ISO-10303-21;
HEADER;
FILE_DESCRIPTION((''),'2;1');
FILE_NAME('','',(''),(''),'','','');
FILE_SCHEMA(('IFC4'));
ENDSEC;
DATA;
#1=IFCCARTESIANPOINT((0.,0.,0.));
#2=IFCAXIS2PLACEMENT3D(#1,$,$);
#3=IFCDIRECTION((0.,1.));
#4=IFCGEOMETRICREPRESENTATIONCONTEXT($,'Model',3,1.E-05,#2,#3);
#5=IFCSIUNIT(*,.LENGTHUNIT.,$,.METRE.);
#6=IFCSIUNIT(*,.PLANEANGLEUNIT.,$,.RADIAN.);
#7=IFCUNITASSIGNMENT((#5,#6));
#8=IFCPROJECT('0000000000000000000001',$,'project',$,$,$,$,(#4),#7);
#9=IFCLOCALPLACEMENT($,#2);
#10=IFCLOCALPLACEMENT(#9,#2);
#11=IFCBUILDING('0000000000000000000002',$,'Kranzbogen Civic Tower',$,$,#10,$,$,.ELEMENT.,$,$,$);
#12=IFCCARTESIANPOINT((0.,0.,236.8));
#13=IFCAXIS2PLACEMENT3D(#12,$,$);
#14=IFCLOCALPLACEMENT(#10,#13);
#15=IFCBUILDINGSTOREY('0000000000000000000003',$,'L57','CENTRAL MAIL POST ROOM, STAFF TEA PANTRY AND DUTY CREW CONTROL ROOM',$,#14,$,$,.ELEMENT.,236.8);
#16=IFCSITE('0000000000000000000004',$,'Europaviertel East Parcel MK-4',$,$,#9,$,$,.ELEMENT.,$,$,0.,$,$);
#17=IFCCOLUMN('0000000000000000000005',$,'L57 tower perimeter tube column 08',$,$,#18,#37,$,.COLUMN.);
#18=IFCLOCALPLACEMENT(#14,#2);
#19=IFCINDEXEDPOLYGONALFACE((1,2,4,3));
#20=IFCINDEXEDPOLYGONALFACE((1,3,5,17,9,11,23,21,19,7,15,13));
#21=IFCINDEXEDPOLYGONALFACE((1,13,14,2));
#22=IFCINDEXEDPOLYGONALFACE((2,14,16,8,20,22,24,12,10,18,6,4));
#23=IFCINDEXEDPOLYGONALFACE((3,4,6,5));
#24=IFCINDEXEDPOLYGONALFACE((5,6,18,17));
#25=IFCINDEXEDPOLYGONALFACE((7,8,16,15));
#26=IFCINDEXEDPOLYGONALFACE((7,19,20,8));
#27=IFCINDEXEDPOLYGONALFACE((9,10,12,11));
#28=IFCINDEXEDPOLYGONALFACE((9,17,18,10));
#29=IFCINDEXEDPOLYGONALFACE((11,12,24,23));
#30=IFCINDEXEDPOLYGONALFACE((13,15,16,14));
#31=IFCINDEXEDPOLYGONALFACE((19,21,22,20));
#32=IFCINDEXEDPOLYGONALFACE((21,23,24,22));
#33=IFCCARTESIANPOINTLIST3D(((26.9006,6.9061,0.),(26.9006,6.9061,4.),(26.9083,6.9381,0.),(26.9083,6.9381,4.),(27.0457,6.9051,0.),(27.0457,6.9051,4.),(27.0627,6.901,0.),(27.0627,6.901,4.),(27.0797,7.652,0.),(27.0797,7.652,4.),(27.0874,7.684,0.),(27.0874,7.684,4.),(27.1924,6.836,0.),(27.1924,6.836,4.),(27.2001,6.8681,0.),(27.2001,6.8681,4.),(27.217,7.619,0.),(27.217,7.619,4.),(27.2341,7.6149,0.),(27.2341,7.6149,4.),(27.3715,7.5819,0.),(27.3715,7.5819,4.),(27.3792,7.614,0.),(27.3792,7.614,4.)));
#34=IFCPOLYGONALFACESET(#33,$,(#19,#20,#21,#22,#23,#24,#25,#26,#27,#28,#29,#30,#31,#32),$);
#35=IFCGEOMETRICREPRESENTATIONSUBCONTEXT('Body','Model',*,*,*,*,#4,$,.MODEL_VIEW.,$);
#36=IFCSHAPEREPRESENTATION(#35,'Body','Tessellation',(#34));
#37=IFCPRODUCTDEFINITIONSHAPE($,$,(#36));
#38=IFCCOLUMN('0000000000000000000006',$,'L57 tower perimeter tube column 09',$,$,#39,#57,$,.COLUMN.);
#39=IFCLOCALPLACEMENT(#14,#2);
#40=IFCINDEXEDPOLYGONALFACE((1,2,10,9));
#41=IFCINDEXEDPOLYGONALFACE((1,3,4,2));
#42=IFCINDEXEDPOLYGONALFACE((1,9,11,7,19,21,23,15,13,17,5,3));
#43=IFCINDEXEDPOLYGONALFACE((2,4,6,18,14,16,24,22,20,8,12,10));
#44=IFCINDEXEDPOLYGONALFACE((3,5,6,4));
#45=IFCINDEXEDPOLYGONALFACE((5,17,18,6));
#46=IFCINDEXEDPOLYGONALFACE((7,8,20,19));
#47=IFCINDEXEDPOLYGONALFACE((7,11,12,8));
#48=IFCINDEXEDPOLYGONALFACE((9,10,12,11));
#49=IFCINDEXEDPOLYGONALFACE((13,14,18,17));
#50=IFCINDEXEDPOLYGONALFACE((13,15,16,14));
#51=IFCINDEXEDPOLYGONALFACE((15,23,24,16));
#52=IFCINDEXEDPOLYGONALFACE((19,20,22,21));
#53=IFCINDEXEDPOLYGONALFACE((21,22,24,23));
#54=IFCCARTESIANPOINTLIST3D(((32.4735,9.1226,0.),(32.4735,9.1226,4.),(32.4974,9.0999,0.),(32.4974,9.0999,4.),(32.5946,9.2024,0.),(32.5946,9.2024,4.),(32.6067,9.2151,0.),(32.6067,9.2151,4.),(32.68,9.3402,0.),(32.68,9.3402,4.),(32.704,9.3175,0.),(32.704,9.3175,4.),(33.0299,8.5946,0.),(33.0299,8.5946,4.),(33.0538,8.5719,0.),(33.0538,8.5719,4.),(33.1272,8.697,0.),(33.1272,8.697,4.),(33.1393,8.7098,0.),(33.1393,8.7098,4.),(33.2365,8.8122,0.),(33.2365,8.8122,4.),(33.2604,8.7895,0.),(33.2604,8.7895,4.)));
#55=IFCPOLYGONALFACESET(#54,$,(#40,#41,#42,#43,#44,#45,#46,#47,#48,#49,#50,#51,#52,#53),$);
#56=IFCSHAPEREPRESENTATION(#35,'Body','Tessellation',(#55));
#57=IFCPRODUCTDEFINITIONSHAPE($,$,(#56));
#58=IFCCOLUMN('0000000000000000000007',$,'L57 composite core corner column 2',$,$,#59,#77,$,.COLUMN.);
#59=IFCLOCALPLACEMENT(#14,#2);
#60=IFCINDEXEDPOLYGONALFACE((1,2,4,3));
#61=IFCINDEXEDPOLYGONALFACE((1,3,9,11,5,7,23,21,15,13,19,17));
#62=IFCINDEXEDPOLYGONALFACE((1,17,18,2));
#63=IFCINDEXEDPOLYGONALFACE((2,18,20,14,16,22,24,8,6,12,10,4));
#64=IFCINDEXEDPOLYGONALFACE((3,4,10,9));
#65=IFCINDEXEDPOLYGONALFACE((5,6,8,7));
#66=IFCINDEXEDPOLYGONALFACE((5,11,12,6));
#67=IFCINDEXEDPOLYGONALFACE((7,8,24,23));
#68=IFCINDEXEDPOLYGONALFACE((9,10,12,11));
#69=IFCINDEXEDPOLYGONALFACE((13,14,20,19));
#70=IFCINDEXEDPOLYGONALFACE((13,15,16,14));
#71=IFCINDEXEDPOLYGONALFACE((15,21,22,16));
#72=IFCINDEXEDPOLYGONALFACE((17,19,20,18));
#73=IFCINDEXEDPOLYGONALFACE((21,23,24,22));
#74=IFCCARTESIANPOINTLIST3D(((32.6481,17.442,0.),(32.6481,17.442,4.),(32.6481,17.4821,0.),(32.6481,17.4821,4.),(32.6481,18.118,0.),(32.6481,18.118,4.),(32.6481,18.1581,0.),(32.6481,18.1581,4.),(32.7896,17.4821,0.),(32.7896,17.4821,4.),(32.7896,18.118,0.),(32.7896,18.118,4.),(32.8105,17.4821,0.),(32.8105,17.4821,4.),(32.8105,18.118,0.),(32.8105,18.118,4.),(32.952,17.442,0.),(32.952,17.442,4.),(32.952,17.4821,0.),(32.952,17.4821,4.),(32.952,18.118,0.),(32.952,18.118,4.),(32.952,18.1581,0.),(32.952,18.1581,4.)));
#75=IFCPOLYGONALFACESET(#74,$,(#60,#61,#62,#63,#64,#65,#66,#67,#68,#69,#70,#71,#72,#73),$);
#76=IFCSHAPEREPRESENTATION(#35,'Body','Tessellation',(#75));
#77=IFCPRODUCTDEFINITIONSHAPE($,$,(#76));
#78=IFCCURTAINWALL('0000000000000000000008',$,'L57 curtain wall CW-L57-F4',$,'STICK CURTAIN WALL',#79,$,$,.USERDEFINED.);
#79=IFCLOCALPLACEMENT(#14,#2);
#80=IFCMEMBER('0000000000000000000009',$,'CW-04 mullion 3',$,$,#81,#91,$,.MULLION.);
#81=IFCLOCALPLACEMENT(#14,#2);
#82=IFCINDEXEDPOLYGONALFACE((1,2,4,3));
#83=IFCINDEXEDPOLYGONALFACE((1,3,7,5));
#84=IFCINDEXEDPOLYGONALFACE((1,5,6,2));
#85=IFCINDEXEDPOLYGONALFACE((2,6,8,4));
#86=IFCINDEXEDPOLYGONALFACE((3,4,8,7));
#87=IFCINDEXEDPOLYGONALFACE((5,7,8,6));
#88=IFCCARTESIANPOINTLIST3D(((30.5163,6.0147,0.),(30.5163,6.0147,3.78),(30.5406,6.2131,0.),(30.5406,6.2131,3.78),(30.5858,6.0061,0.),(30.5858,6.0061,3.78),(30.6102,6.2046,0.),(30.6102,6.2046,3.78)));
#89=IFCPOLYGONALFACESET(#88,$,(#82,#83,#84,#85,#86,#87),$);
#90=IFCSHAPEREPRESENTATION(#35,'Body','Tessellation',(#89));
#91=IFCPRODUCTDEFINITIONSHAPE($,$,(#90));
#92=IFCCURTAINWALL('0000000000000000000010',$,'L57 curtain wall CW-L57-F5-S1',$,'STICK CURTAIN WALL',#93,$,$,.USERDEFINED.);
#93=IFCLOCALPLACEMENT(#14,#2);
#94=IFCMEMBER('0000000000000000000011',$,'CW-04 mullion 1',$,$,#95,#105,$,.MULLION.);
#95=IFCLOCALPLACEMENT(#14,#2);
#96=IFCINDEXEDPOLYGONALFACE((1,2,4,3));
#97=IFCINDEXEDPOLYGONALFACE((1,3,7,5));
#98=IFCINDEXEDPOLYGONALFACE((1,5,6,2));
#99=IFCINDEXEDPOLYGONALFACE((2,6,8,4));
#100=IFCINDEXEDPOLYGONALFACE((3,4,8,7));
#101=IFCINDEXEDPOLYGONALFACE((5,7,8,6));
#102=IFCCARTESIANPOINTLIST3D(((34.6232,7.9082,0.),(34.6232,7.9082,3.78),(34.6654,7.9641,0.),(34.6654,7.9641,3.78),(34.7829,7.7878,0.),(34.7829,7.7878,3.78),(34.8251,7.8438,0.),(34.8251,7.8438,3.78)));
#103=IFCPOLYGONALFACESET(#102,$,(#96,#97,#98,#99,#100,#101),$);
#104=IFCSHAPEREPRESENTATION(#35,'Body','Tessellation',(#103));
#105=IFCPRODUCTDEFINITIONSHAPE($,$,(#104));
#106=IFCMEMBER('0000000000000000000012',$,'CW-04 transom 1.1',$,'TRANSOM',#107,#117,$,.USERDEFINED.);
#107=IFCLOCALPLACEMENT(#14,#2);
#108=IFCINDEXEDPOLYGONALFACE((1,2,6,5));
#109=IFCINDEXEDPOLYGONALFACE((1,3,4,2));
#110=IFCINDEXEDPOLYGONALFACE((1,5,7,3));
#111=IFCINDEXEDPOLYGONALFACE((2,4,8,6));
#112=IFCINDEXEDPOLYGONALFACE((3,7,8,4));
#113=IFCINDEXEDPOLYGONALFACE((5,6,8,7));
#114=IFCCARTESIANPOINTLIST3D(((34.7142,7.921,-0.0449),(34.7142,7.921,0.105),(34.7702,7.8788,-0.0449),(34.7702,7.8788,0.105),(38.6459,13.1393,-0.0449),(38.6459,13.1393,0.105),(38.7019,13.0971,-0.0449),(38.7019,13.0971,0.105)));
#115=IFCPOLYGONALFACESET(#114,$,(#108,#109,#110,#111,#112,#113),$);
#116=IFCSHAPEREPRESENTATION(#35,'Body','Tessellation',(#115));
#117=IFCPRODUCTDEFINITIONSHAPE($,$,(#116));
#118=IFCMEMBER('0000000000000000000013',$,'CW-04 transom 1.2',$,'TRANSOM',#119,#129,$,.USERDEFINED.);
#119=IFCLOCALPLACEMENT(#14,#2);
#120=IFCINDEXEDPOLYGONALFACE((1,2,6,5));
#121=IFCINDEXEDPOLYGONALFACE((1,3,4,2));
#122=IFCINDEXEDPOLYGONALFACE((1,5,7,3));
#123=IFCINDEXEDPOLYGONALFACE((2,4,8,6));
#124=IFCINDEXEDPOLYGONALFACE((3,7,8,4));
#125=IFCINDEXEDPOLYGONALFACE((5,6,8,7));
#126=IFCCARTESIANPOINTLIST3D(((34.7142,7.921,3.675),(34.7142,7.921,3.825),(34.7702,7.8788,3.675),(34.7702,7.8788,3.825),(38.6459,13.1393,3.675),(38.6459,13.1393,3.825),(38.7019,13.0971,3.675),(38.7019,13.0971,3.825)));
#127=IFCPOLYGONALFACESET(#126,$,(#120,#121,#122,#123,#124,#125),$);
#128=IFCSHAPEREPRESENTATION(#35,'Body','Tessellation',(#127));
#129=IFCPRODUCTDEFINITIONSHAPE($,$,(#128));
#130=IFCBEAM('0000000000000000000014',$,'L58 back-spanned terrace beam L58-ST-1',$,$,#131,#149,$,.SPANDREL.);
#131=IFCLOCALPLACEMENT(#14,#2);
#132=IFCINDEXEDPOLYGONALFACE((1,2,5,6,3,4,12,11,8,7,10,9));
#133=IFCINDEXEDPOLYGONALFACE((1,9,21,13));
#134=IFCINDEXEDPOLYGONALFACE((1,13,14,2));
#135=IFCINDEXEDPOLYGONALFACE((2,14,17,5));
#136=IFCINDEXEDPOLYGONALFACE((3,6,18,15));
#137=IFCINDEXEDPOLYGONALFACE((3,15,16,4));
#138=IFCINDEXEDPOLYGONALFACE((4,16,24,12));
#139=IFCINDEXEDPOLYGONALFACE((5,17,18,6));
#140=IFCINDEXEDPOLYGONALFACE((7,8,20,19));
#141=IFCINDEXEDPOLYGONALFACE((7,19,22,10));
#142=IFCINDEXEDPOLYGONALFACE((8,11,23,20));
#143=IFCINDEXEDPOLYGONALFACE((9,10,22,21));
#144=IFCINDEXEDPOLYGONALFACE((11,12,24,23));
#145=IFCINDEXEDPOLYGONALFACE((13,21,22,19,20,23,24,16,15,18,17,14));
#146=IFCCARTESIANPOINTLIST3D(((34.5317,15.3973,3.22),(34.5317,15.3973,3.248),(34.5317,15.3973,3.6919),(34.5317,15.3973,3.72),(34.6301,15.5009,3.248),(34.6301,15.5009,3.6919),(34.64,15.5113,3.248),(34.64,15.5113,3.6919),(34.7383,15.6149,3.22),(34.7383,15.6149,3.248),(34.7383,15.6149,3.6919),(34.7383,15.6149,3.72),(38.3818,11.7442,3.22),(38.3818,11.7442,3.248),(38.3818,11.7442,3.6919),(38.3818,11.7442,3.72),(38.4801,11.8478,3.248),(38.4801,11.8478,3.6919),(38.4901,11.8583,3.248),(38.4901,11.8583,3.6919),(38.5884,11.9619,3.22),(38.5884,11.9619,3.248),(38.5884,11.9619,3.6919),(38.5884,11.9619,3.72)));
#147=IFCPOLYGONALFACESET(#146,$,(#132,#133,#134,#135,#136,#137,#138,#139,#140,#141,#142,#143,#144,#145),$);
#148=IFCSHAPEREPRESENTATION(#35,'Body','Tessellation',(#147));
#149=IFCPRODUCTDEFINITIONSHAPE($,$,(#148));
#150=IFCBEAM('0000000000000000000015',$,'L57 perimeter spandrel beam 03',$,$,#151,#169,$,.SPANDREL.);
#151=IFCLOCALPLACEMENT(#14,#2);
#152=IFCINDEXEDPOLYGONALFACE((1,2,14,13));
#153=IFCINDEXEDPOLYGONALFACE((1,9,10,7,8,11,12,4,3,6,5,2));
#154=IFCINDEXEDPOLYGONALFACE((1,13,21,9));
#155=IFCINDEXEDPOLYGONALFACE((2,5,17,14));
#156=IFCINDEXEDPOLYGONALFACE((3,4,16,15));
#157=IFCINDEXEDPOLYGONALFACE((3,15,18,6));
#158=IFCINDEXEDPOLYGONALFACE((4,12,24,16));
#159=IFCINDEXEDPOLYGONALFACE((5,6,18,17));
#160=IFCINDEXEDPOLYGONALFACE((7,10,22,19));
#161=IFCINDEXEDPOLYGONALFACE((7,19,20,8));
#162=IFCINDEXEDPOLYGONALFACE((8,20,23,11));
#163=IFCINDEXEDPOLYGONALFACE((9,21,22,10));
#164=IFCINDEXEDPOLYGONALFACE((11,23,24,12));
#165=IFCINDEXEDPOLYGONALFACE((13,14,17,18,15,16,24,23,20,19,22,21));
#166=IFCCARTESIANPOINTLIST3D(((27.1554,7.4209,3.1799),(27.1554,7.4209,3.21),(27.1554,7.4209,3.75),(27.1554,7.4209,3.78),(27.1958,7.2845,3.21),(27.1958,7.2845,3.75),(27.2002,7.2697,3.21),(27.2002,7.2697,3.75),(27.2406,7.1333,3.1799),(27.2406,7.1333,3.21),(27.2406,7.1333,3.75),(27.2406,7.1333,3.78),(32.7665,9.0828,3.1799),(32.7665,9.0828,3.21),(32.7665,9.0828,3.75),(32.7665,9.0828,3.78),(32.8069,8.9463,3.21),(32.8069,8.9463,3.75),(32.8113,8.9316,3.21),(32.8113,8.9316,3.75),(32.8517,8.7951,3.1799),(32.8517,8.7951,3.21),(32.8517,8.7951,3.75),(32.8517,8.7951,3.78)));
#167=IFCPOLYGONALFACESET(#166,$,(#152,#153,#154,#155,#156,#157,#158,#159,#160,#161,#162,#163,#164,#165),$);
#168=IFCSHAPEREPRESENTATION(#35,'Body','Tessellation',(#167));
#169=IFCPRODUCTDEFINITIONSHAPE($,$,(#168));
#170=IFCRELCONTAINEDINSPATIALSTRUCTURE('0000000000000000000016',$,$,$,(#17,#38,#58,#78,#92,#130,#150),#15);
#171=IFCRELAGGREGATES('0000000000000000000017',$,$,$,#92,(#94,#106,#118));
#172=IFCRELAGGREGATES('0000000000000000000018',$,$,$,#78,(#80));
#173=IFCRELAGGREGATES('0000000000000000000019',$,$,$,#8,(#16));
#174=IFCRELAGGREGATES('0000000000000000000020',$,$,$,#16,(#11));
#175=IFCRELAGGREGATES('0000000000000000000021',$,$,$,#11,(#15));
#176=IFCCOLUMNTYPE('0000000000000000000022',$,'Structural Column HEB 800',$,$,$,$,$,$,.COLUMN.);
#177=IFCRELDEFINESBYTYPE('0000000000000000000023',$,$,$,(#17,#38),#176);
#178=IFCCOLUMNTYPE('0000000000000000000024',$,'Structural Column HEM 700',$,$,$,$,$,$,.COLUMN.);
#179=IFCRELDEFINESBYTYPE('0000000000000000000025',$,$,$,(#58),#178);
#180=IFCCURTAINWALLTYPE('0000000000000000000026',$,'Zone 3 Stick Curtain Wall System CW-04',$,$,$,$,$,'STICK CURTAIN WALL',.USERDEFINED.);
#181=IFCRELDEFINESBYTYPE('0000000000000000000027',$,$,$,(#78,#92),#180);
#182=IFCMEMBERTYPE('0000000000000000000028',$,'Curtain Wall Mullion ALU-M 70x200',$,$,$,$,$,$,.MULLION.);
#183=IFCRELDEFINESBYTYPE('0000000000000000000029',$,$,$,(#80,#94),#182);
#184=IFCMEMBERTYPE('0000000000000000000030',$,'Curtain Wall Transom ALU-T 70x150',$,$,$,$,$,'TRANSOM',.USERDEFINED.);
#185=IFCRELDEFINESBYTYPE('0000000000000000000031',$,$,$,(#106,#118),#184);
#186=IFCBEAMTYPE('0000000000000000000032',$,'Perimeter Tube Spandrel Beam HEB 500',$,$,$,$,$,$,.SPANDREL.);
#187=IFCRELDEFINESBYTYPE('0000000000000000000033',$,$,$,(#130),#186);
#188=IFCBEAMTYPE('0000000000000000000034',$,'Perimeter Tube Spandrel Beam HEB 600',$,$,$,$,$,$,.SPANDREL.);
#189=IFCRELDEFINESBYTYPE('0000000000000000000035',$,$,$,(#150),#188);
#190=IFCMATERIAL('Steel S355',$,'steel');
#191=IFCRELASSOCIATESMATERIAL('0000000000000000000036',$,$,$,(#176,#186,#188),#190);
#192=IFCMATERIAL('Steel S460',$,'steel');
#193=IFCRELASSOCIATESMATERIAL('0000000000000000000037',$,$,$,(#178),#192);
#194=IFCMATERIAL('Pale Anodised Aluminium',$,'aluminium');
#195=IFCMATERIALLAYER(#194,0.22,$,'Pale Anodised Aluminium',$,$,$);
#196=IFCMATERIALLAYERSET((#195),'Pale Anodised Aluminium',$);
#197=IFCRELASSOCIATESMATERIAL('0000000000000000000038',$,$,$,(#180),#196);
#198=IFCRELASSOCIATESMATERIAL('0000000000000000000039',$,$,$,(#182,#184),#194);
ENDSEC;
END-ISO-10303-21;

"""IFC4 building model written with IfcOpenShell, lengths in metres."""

from ifc_helpers import new_model, si_unit, direction, frame, origin, origin_2d, place, context, subcontext, project, spatial, rectangle, i_section, extrude, material, layer, layer_set, material_profile, profile_set, type_object, element, aggregate, save


model = new_model("IFC4")

# Units and contexts
model_context = context("Model", 3, precision=1e-05, world=origin(), true_north=direction((0.0, 1.0)))
body_context = subcontext(model_context, "Body", "Model", "MODEL_VIEW")
ifc_project = project(units=[si_unit("LENGTHUNIT", "METRE"), si_unit("PLANEANGLEUNIT", "RADIAN")], contexts=[model_context])

# Site, building, storey
site_placement = place(None, origin())
site = spatial("IfcSite", under=ifc_project, at=site_placement, Name="Europaviertel East Parcel MK-4", CompositionType="ELEMENT", RefElevation=0.0)
building_placement = place(site_placement, origin())
building = spatial("IfcBuilding", under=site, at=building_placement, Name="Kranzbogen Civic Tower", CompositionType="ELEMENT")
storey_placement = place(building_placement, frame((0.0, 0.0, 236.8)))
storey = spatial("IfcBuildingStorey", under=building, at=storey_placement, Name="L57", Description="CENTRAL MAIL POST ROOM, STAFF TEA PANTRY AND DUTY CREW CONTROL ROOM", CompositionType="ELEMENT", Elevation=236.8)

# Columns
ifc_material_1 = material(Name="Steel S355", Category="steel")
ifc_material_profile_1 = material_profile(ifc_material_1, i_section(OverallWidth=0.3, OverallDepth=0.8, WebThickness=0.0176, FlangeThickness=0.033, at=origin_2d()), Name="HEB 800")
ifc_profile_set_1 = profile_set([ifc_material_profile_1], Name="Steel S355")
column_type_1 = type_object("IfcColumnType", Name="Structural Column HEB 800", PredefinedType="COLUMN", material=ifc_profile_set_1)
for number, where, z_axis, x_axis, name in (
    (1, (27.1399, 7.26, 0.0), (0.0, 0.0, 1.0), (-0.97237, 0.233445, 0.0), "L57 tower perimeter tube column 08"),
    (2, (32.8669, 8.9561, 0.0), (0.0, 0.0, 1.0), (0.688355, 0.725374, 0.0), "L57 tower perimeter tube column 09"),
):
    element("IfcColumn", number, at=place(storey_placement, frame(where, z_axis=z_axis, x_axis=x_axis)), inside=storey, type_object=column_type_1, Name=name, PredefinedType="COLUMN", context=body_context, shape_type="SweptSolid", body=[
        extrude(i_section(OverallWidth=0.3, OverallDepth=0.8, WebThickness=0.0176, FlangeThickness=0.033, at=origin_2d()), origin(), (0.0, 0.0, 1.0), 4.0),
    ])
ifc_material_2 = material(Name="Steel S460", Category="steel")
ifc_material_profile_2 = material_profile(ifc_material_2, i_section(OverallWidth=0.304, OverallDepth=0.7161, WebThickness=0.021, FlangeThickness=0.04, at=origin_2d()), Name="HEM 700")
ifc_profile_set_2 = profile_set([ifc_material_profile_2], Name="Steel S460")
column_type_2 = type_object("IfcColumnType", Name="Structural Column HEM 700", PredefinedType="COLUMN", material=ifc_profile_set_2)
column_placement = place(storey_placement, frame((32.8, 17.8, 0.0), z_axis=(0.0, 0.0, 1.0), x_axis=(1.0, 0.0, 0.0)))
element("IfcColumn", 3, at=column_placement, inside=storey, type_object=column_type_2, Name="L57 composite core corner column 2", PredefinedType="COLUMN", context=body_context, shape_type="SweptSolid", body=[
    extrude(i_section(OverallWidth=0.304, OverallDepth=0.7161, WebThickness=0.021, FlangeThickness=0.04, at=origin_2d()), origin(), (0.0, 0.0, 1.0), 4.0),
])

# Curtain wall, member
ifc_material_3 = material(Name="Pale Anodised Aluminium", Category="aluminium")
ifc_layer_1 = layer(ifc_material_3, 0.22, Name="Pale Anodised Aluminium")
ifc_layer_set_1 = layer_set([ifc_layer_1], Name="Pale Anodised Aluminium")
curtain_wall_type = type_object("IfcCurtainWallType", Name="Zone 3 Stick Curtain Wall System CW-04", ElementType="STICK CURTAIN WALL", PredefinedType="USERDEFINED", material=ifc_layer_set_1)
curtain_wall_1_placement = place(storey_placement, origin())
curtain_wall_1 = element("IfcCurtainWall", 4, at=curtain_wall_1_placement, inside=storey, type_object=curtain_wall_type, Name="L57 curtain wall CW-L57-F4", ObjectType="STICK CURTAIN WALL", PredefinedType="USERDEFINED")
ifc_material_profile_3 = material_profile(ifc_material_3, rectangle(XDim=0.0701, YDim=0.2, at=origin_2d()), Name="ALU-M 70x200")
ifc_profile_set_3 = profile_set([ifc_material_profile_3], Name="Pale Anodised Aluminium")
member_type_1 = type_object("IfcMemberType", Name="Curtain Wall Mullion ALU-M 70x200", PredefinedType="MULLION", material=ifc_profile_set_3)
member_1_placement = place(storey_placement, frame((30.5632, 6.1096, 0.0), z_axis=(0.0, 0.0, 1.0), x_axis=(0.992541, -0.121911, 0.0)))
member_1 = element("IfcMember", 5, at=member_1_placement, type_object=member_type_1, Name="CW-04 mullion 3", PredefinedType="MULLION", context=body_context, shape_type="SweptSolid", body=[
    extrude(rectangle(XDim=0.0701, YDim=0.2, at=origin_2d()), origin(), (0.0, 0.0, 1.0), 3.78),
])

# Curtain wall, members
curtain_wall_2_placement = place(storey_placement, origin())
curtain_wall_2 = element("IfcCurtainWall", 6, at=curtain_wall_2_placement, inside=storey, type_object=curtain_wall_type, Name="L57 curtain wall CW-L57-F5-S1", ObjectType="STICK CURTAIN WALL", PredefinedType="USERDEFINED")
member_2_placement = place(storey_placement, frame((34.7241, 7.876, 0.0), z_axis=(0.0, 0.0, 1.0), x_axis=(0.601778, 0.798663, 0.0)))
member_2 = element("IfcMember", 7, at=member_2_placement, type_object=member_type_1, Name="CW-04 mullion 1", PredefinedType="MULLION", context=body_context, shape_type="SweptSolid", body=[
    extrude(rectangle(XDim=0.0701, YDim=0.2, at=origin_2d()), origin(), (0.0, 0.0, 1.0), 3.78),
])
ifc_material_profile_4 = material_profile(ifc_material_3, rectangle(XDim=0.0701, YDim=0.1499, at=origin_2d()), Name="ALU-T 70x150")
ifc_profile_set_4 = profile_set([ifc_material_profile_4], Name="Pale Anodised Aluminium")
member_type_2 = type_object("IfcMemberType", Name="Curtain Wall Transom ALU-T 70x150", ElementType="TRANSOM", PredefinedType="USERDEFINED", material=ifc_profile_set_4)
member_3_placement = place(storey_placement, frame((34.7422, 7.8999, 0.03), z_axis=(0.601756, 0.79868, 0.0), x_axis=(-0.79868, 0.601756, 0.0)))
member_3 = element("IfcMember", 8, at=member_3_placement, type_object=member_type_2, Name="CW-04 transom 1.1", ObjectType="TRANSOM", PredefinedType="USERDEFINED", context=body_context, shape_type="SweptSolid", body=[
    extrude(rectangle(XDim=0.0701, YDim=0.1499, at=origin_2d()), origin(), (0.0, 0.0, 1.0), 6.5337),
])
member_4_placement = place(storey_placement, frame((34.7422, 7.8999, 3.75), z_axis=(0.601756, 0.79868, 0.0), x_axis=(-0.79868, 0.601756, 0.0)))
member_4 = element("IfcMember", 9, at=member_4_placement, type_object=member_type_2, Name="CW-04 transom 1.2", ObjectType="TRANSOM", PredefinedType="USERDEFINED", context=body_context, shape_type="SweptSolid", body=[
    extrude(rectangle(XDim=0.0701, YDim=0.1499, at=origin_2d()), origin(), (0.0, 0.0, 1.0), 6.5337),
])
aggregate(curtain_wall_2, [member_2, member_3, member_4])

# Beams
ifc_material_profile_5 = material_profile(ifc_material_1, i_section(OverallWidth=0.3, OverallDepth=0.5, WebThickness=0.0144, FlangeThickness=0.0281, at=origin_2d()), Name="HEB 500")
ifc_profile_set_5 = profile_set([ifc_material_profile_5], Name="Steel S355")
beam_type_1 = type_object("IfcBeamType", Name="Perimeter Tube Spandrel Beam HEB 500", PredefinedType="SPANDREL", material=ifc_profile_set_5)
beam_1_placement = place(storey_placement, frame((34.635, 15.5061, 3.47), z_axis=(0.725424, -0.688302, 0.0), x_axis=(0.688302, 0.725424, 0.0)))
element("IfcBeam", 10, at=beam_1_placement, inside=storey, type_object=beam_type_1, Name="L58 back-spanned terrace beam L58-ST-1", PredefinedType="SPANDREL", context=body_context, shape_type="SweptSolid", body=[
    extrude(i_section(OverallWidth=0.3, OverallDepth=0.5, WebThickness=0.0144, FlangeThickness=0.0281, at=origin_2d()), origin(), (0.0, 0.0, 1.0), 5.3074),
])
ifc_material_profile_6 = material_profile(ifc_material_1, i_section(OverallWidth=0.3, OverallDepth=0.6001, WebThickness=0.0154, FlangeThickness=0.03, at=origin_2d()), Name="HEB 600")
ifc_profile_set_6 = profile_set([ifc_material_profile_6], Name="Steel S355")
beam_type_2 = type_object("IfcBeamType", Name="Perimeter Tube Spandrel Beam HEB 600", PredefinedType="SPANDREL", material=ifc_profile_set_6)
beam_2_placement = place(storey_placement, frame((27.198, 7.2771, 3.48), z_axis=(0.95883, 0.283982, 0.0), x_axis=(-0.283982, 0.95883, 0.0)))
element("IfcBeam", 11, at=beam_2_placement, inside=storey, type_object=beam_type_2, Name="L57 perimeter spandrel beam 03", PredefinedType="SPANDREL", context=body_context, shape_type="SweptSolid", body=[
    extrude(i_section(OverallWidth=0.3, OverallDepth=0.6001, WebThickness=0.0154, FlangeThickness=0.03, at=origin_2d()), origin(), (0.0, 0.0, 1.0), 5.8521),
])

aggregate(curtain_wall_1, [member_1])

save(model, "model.ifc")
